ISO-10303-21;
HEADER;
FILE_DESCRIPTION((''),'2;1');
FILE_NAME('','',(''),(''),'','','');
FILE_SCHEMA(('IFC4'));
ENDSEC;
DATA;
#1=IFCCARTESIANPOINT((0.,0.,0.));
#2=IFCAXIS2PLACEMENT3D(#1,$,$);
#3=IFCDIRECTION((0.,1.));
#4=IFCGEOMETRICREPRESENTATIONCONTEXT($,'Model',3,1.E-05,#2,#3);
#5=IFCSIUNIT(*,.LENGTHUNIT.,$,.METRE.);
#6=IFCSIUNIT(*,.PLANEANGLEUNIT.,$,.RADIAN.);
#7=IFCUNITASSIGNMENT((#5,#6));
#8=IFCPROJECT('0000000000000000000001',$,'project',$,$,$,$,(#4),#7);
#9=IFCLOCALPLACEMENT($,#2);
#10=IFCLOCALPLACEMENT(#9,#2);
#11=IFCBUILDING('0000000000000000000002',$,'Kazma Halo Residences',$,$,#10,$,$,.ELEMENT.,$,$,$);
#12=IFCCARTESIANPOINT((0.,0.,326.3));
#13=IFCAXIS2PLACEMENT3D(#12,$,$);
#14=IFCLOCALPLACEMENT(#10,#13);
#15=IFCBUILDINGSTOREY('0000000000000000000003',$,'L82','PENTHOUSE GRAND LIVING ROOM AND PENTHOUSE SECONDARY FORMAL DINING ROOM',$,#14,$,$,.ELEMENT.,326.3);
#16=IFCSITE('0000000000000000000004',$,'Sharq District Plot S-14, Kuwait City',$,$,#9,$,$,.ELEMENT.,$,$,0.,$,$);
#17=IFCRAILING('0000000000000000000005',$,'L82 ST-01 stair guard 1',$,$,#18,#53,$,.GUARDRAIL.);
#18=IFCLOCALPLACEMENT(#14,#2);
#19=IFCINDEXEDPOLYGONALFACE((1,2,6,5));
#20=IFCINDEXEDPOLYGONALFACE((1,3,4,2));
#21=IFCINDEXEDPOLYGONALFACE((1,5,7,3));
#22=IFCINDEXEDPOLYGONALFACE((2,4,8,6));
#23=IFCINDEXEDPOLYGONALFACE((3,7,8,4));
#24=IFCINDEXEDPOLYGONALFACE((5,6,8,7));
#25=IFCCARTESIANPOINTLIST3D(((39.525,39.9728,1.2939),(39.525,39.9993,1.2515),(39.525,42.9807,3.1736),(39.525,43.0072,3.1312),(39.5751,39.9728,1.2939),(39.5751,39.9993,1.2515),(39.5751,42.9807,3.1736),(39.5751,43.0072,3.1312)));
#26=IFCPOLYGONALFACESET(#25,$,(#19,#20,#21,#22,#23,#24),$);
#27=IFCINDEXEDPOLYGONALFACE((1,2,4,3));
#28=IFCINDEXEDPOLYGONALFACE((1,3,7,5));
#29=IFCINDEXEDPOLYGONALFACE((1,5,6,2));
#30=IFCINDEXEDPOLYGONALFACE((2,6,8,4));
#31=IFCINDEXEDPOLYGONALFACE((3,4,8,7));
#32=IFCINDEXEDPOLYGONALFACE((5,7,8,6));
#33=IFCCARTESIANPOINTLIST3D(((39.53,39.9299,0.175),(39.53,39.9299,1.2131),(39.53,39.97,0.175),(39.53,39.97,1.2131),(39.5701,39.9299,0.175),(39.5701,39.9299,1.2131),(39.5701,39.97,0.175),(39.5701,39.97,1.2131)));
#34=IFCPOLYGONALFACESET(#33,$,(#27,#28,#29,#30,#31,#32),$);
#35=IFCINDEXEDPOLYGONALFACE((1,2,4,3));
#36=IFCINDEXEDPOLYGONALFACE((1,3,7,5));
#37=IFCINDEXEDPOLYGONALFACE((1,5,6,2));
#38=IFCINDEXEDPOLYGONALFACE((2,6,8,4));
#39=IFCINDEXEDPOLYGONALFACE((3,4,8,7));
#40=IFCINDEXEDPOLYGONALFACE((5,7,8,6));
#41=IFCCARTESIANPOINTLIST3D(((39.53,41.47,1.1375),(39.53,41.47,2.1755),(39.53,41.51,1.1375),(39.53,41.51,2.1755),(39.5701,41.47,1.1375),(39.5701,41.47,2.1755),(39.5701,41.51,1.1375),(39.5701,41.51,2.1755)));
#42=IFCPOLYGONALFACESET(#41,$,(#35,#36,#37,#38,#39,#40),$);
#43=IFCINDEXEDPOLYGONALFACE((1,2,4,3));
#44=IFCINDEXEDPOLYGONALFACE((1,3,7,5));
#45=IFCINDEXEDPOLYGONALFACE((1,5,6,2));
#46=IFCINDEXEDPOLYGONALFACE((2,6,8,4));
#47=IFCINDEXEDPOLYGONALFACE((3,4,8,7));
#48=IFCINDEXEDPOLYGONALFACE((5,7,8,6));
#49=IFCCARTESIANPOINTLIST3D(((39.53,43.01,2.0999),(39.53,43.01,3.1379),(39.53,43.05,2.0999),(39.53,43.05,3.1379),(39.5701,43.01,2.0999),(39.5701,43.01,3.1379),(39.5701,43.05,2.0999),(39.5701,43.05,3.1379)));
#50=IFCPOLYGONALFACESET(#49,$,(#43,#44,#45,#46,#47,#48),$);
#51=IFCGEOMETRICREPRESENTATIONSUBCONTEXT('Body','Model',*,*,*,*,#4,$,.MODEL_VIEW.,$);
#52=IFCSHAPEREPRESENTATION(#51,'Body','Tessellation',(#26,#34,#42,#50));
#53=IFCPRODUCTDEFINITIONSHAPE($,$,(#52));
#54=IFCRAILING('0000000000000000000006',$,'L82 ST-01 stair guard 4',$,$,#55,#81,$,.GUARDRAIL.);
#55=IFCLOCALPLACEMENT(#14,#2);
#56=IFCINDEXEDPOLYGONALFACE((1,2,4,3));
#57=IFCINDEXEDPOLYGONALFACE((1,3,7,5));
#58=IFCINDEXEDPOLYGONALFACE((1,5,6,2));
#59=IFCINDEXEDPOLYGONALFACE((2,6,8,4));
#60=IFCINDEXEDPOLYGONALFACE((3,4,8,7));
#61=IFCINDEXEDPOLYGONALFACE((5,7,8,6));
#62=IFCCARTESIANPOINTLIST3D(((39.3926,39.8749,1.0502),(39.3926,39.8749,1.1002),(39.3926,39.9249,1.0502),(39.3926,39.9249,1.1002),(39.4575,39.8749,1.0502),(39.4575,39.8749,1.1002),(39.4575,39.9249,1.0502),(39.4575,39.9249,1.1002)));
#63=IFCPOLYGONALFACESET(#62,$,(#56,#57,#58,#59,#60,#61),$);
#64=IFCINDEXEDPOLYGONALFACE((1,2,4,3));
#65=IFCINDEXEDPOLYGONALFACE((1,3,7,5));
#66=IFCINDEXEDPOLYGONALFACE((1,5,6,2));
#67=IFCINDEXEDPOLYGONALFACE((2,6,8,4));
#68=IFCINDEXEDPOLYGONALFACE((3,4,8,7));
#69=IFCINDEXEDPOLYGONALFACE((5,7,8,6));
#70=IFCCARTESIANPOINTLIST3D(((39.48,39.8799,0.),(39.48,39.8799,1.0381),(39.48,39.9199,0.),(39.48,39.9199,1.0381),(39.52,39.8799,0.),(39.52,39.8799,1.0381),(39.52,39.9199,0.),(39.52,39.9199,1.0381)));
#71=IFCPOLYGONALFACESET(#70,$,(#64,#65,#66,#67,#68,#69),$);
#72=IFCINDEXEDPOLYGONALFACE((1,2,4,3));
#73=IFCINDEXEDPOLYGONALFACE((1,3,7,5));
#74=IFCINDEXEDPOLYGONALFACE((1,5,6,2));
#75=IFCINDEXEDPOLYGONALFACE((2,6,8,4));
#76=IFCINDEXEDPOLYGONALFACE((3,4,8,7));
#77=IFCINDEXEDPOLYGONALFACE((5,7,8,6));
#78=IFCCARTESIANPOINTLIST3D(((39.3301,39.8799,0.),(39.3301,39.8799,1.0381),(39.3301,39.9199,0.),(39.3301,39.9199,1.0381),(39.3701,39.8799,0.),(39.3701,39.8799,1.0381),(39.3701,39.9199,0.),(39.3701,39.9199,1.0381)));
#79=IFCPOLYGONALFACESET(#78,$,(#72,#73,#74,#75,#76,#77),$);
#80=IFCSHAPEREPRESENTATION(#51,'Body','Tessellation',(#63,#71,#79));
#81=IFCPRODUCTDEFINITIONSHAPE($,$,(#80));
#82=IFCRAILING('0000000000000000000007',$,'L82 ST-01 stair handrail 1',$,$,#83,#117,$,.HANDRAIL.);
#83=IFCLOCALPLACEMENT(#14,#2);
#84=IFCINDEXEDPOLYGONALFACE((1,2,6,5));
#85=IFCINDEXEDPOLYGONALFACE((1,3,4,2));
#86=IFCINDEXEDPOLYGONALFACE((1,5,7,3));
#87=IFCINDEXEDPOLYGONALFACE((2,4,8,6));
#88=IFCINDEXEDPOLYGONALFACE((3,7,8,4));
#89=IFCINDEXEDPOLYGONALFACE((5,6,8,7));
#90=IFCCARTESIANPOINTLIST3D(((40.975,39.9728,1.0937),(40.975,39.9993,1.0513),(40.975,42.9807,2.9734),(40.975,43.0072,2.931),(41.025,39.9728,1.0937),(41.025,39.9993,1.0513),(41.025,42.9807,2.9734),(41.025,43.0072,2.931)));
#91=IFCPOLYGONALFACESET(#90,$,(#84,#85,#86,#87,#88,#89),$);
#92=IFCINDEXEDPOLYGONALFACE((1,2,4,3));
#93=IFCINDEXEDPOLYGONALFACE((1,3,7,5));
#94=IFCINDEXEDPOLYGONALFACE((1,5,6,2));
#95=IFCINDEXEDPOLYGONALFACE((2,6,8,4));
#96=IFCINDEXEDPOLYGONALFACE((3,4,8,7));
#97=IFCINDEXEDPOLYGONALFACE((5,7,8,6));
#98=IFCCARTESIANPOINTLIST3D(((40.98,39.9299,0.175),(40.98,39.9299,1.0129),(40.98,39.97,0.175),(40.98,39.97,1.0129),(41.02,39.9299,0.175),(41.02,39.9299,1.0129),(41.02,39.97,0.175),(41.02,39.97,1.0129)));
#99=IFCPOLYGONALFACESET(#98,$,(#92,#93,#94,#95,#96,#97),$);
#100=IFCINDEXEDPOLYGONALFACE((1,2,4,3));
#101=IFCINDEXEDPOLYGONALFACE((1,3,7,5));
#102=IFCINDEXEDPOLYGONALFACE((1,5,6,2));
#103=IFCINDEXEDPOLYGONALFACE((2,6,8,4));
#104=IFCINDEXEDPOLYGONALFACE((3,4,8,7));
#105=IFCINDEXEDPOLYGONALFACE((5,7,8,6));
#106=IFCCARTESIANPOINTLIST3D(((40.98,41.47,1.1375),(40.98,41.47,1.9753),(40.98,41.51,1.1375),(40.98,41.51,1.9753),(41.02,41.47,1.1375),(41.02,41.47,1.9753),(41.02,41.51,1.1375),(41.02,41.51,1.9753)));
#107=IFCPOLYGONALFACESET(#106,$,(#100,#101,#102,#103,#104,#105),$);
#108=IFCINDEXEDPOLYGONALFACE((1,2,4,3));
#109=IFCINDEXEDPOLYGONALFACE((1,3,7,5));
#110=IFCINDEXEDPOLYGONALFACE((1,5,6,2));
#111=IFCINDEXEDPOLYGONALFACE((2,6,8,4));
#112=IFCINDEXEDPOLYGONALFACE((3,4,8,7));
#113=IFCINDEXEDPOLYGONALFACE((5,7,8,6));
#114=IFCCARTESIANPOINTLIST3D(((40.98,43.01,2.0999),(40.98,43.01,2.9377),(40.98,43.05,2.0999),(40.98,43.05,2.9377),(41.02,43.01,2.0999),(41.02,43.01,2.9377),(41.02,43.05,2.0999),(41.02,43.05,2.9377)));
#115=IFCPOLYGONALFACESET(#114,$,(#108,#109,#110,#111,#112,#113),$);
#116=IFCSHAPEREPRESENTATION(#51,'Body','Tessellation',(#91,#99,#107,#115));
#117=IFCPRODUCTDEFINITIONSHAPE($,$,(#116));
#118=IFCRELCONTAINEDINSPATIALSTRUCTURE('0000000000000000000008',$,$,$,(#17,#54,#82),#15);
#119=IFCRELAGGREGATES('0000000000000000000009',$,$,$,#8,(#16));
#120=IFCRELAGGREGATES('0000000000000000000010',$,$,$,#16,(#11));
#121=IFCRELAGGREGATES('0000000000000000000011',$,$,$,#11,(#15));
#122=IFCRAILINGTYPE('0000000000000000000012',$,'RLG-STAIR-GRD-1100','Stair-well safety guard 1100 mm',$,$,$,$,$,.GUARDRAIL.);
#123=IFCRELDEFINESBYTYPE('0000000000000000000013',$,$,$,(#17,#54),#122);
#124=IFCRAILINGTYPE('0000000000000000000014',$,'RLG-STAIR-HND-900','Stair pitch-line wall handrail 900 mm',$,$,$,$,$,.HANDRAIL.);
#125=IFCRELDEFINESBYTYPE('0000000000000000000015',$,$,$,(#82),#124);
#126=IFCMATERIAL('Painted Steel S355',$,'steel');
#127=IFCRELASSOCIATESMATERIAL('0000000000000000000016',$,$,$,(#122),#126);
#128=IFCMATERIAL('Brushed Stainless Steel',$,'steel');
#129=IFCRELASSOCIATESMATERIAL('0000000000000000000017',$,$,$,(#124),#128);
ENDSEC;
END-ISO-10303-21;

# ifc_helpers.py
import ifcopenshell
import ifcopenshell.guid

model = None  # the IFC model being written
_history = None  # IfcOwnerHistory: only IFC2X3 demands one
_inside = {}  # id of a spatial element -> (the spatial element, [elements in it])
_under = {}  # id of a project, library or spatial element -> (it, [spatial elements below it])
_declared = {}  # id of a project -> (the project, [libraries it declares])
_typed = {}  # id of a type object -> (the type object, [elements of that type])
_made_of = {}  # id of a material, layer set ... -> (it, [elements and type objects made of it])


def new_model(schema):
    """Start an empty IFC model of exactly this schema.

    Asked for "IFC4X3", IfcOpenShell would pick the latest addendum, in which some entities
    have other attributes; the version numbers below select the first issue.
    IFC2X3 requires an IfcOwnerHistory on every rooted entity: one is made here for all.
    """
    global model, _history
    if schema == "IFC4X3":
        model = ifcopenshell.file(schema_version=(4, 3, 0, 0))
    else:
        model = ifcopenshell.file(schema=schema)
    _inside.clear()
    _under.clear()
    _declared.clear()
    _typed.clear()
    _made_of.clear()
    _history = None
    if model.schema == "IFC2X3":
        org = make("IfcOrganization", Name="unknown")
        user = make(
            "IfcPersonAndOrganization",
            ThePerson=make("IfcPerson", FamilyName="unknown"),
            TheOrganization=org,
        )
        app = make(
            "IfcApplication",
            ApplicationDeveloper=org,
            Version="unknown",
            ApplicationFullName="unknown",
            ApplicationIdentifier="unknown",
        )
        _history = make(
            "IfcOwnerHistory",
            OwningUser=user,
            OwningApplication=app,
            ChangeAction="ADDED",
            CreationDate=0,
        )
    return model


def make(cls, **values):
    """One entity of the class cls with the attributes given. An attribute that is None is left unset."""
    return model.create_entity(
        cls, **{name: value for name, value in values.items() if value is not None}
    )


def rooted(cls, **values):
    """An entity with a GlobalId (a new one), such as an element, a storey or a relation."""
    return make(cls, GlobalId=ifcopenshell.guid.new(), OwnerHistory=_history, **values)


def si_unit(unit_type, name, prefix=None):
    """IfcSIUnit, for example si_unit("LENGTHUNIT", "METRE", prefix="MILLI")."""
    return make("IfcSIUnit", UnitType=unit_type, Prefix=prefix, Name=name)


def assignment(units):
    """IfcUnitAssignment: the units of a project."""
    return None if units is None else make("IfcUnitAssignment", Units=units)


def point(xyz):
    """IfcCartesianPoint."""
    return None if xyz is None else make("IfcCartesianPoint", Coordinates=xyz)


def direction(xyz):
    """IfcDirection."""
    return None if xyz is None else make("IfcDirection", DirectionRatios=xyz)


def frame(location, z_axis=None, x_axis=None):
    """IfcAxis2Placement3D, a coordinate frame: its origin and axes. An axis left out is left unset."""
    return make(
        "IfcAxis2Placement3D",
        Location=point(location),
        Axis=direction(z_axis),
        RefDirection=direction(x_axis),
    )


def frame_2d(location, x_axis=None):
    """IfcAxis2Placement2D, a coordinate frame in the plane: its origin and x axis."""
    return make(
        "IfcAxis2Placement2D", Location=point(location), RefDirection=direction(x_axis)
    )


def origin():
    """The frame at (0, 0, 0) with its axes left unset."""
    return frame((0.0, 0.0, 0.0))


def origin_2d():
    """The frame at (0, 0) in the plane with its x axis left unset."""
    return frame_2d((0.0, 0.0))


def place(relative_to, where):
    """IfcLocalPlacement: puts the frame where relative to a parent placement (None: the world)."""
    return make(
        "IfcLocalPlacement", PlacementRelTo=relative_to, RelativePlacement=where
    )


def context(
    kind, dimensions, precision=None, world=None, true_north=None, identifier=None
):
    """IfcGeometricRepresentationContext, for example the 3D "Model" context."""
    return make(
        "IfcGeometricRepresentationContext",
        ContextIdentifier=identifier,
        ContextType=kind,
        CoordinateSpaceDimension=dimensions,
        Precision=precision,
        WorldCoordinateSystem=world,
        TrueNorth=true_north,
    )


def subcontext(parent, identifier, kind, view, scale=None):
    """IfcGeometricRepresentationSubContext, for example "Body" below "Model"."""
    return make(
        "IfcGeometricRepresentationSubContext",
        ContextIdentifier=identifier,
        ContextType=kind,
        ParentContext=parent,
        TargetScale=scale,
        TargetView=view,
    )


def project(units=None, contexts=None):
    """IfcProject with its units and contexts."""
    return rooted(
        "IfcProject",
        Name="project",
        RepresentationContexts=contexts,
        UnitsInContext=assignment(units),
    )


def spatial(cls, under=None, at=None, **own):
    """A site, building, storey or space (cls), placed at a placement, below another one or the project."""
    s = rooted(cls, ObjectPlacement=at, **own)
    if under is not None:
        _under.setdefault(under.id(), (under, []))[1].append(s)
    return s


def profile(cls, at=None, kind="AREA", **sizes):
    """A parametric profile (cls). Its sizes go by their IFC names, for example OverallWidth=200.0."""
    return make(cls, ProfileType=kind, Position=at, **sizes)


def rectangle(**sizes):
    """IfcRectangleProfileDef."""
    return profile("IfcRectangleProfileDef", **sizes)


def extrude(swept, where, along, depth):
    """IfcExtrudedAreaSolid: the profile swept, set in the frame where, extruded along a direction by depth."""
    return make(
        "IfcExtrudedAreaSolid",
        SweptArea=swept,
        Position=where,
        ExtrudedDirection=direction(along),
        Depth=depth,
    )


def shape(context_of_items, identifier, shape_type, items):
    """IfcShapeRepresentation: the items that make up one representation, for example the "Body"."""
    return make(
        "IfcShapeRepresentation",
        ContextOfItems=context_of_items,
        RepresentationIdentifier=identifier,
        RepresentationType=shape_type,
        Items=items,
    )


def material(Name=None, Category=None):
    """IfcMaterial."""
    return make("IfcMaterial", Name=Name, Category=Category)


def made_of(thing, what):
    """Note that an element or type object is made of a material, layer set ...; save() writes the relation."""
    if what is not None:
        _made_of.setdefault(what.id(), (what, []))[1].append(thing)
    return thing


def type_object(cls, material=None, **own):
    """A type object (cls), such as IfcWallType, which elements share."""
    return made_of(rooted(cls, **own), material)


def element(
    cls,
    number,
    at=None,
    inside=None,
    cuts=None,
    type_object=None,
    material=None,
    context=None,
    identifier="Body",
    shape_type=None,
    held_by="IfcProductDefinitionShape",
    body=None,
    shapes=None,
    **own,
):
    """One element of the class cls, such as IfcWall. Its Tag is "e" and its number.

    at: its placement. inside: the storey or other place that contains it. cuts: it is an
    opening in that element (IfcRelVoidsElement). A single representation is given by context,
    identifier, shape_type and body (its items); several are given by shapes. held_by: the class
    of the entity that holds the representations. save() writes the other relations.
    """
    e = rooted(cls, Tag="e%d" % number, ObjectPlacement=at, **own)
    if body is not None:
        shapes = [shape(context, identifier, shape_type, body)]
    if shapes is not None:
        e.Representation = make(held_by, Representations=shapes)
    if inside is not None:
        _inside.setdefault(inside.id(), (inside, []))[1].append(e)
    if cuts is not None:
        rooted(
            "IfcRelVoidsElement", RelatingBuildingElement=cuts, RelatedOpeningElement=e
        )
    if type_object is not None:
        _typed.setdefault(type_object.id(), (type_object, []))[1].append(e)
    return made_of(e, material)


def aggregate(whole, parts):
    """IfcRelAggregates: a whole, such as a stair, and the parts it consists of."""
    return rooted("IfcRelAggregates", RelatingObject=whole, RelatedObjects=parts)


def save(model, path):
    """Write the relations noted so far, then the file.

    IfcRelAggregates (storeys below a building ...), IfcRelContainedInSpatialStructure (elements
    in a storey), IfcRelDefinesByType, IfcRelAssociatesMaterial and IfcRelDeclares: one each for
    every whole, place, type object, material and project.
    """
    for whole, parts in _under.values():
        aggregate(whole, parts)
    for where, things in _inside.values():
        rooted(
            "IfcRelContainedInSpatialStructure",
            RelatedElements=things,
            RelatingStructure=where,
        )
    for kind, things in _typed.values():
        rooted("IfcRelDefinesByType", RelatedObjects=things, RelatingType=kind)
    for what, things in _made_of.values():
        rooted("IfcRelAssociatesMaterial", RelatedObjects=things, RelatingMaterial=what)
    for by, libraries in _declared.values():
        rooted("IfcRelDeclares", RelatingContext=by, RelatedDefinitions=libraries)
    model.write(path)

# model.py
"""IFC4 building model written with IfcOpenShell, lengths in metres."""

from ifc_helpers import new_model, si_unit, direction, frame, origin, origin_2d, place, context, subcontext, project, spatial, rectangle, extrude, material, type_object, element, save


model = new_model("IFC4")

# Units and contexts
model_context = context("Model", 3, precision=1e-05, world=origin(), true_north=direction((0.0, 1.0)))
body_context = subcontext(model_context, "Body", "Model", "MODEL_VIEW")
ifc_project = project(units=[si_unit("LENGTHUNIT", "METRE"), si_unit("PLANEANGLEUNIT", "RADIAN")], contexts=[model_context])

# Site, building, storey
site_placement = place(None, origin())
site = spatial("IfcSite", under=ifc_project, at=site_placement, Name="Sharq District Plot S-14, Kuwait City", CompositionType="ELEMENT", RefElevation=0.0)
building_placement = place(site_placement, origin())
building = spatial("IfcBuilding", under=site, at=building_placement, Name="Kazma Halo Residences", CompositionType="ELEMENT")
storey_placement = place(building_placement, frame((0.0, 0.0, 326.3)))
storey = spatial("IfcBuildingStorey", under=building, at=storey_placement, Name="L82", Description="PENTHOUSE GRAND LIVING ROOM AND PENTHOUSE SECONDARY FORMAL DINING ROOM", CompositionType="ELEMENT", Elevation=326.3)

# Railings
ifc_material_1 = material(Name="Painted Steel S355", Category="steel")
railing_type_1 = type_object("IfcRailingType", Name="RLG-STAIR-GRD-1100", Description="Stair-well safety guard 1100 mm", PredefinedType="GUARDRAIL", material=ifc_material_1)
railing_1_placement = place(storey_placement, frame((39.55, 39.95, 0.175)))
element("IfcRailing", 1, at=railing_1_placement, inside=storey, type_object=railing_type_1, Name="L82 ST-01 stair guard 1", PredefinedType="GUARDRAIL", context=body_context, shape_type="SweptSolid", body=[
    extrude(rectangle(XDim=0.05, YDim=0.05, at=origin_2d()), frame((0.0, 0.0361, 1.0977), z_axis=(0.0, 0.848029, 0.529951), x_axis=(-1.0, 0.0, 0.0)), (0.0, 0.0, 1.0), 3.5469),
    extrude(rectangle(XDim=0.04, YDim=0.04, at=origin_2d()), origin(), (0.0, 0.0, 1.0), 1.0381),
    extrude(rectangle(XDim=0.04, YDim=0.04, at=origin_2d()), frame((0.0, 1.54, 0.9624)), (0.0, 0.0, 1.0), 1.0381),
    extrude(rectangle(XDim=0.04, YDim=0.04, at=origin_2d()), frame((0.0, 3.0801, 1.9248)), (0.0, 0.0, 1.0), 1.0381),
])
railing_2_placement = place(storey_placement, frame((39.5, 39.8999, 0.0)))
element("IfcRailing", 2, at=railing_2_placement, inside=storey, type_object=railing_type_1, Name="L82 ST-01 stair guard 4", PredefinedType="GUARDRAIL", context=body_context, shape_type="SweptSolid", body=[
    extrude(rectangle(XDim=0.05, YDim=0.05, at=origin_2d()), frame((-0.0425, 0.0, 1.0752), z_axis=(-1.0, 0.0, 0.0), x_axis=(0.0, -1.0, 0.0)), (0.0, 0.0, 1.0), 0.0649),
    extrude(rectangle(XDim=0.04, YDim=0.04, at=origin_2d()), origin(), (0.0, 0.0, 1.0), 1.0381),
    extrude(rectangle(XDim=0.04, YDim=0.04, at=origin_2d()), frame((-0.1499, 0.0, 0.0)), (0.0, 0.0, 1.0), 1.0381),
])
ifc_material_2 = material(Name="Brushed Stainless Steel", Category="steel")
railing_type_2 = type_object("IfcRailingType", Name="RLG-STAIR-HND-900", Description="Stair pitch-line wall handrail 900 mm", PredefinedType="HANDRAIL", material=ifc_material_2)
railing_3_placement = place(storey_placement, frame((41.0, 39.95, 0.175)))
element("IfcRailing", 3, at=railing_3_placement, inside=storey, type_object=railing_type_2, Name="L82 ST-01 stair handrail 1", PredefinedType="HANDRAIL", context=body_context, shape_type="SweptSolid", body=[
    extrude(rectangle(XDim=0.05, YDim=0.05, at=origin_2d()), frame((0.0, 0.0361, 0.8975), z_axis=(0.0, 0.848029, 0.529951), x_axis=(-1.0, 0.0, 0.0)), (0.0, 0.0, 1.0), 3.5469),
    extrude(rectangle(XDim=0.04, YDim=0.04, at=origin_2d()), origin(), (0.0, 0.0, 1.0), 0.8379),
    extrude(rectangle(XDim=0.04, YDim=0.04, at=origin_2d()), frame((0.0, 1.54, 0.9624)), (0.0, 0.0, 1.0), 0.8379),
    extrude(rectangle(XDim=0.04, YDim=0.04, at=origin_2d()), frame((0.0, 3.0801, 1.9248)), (0.0, 0.0, 1.0), 0.8379),
])

save(model, "model.ifc")
